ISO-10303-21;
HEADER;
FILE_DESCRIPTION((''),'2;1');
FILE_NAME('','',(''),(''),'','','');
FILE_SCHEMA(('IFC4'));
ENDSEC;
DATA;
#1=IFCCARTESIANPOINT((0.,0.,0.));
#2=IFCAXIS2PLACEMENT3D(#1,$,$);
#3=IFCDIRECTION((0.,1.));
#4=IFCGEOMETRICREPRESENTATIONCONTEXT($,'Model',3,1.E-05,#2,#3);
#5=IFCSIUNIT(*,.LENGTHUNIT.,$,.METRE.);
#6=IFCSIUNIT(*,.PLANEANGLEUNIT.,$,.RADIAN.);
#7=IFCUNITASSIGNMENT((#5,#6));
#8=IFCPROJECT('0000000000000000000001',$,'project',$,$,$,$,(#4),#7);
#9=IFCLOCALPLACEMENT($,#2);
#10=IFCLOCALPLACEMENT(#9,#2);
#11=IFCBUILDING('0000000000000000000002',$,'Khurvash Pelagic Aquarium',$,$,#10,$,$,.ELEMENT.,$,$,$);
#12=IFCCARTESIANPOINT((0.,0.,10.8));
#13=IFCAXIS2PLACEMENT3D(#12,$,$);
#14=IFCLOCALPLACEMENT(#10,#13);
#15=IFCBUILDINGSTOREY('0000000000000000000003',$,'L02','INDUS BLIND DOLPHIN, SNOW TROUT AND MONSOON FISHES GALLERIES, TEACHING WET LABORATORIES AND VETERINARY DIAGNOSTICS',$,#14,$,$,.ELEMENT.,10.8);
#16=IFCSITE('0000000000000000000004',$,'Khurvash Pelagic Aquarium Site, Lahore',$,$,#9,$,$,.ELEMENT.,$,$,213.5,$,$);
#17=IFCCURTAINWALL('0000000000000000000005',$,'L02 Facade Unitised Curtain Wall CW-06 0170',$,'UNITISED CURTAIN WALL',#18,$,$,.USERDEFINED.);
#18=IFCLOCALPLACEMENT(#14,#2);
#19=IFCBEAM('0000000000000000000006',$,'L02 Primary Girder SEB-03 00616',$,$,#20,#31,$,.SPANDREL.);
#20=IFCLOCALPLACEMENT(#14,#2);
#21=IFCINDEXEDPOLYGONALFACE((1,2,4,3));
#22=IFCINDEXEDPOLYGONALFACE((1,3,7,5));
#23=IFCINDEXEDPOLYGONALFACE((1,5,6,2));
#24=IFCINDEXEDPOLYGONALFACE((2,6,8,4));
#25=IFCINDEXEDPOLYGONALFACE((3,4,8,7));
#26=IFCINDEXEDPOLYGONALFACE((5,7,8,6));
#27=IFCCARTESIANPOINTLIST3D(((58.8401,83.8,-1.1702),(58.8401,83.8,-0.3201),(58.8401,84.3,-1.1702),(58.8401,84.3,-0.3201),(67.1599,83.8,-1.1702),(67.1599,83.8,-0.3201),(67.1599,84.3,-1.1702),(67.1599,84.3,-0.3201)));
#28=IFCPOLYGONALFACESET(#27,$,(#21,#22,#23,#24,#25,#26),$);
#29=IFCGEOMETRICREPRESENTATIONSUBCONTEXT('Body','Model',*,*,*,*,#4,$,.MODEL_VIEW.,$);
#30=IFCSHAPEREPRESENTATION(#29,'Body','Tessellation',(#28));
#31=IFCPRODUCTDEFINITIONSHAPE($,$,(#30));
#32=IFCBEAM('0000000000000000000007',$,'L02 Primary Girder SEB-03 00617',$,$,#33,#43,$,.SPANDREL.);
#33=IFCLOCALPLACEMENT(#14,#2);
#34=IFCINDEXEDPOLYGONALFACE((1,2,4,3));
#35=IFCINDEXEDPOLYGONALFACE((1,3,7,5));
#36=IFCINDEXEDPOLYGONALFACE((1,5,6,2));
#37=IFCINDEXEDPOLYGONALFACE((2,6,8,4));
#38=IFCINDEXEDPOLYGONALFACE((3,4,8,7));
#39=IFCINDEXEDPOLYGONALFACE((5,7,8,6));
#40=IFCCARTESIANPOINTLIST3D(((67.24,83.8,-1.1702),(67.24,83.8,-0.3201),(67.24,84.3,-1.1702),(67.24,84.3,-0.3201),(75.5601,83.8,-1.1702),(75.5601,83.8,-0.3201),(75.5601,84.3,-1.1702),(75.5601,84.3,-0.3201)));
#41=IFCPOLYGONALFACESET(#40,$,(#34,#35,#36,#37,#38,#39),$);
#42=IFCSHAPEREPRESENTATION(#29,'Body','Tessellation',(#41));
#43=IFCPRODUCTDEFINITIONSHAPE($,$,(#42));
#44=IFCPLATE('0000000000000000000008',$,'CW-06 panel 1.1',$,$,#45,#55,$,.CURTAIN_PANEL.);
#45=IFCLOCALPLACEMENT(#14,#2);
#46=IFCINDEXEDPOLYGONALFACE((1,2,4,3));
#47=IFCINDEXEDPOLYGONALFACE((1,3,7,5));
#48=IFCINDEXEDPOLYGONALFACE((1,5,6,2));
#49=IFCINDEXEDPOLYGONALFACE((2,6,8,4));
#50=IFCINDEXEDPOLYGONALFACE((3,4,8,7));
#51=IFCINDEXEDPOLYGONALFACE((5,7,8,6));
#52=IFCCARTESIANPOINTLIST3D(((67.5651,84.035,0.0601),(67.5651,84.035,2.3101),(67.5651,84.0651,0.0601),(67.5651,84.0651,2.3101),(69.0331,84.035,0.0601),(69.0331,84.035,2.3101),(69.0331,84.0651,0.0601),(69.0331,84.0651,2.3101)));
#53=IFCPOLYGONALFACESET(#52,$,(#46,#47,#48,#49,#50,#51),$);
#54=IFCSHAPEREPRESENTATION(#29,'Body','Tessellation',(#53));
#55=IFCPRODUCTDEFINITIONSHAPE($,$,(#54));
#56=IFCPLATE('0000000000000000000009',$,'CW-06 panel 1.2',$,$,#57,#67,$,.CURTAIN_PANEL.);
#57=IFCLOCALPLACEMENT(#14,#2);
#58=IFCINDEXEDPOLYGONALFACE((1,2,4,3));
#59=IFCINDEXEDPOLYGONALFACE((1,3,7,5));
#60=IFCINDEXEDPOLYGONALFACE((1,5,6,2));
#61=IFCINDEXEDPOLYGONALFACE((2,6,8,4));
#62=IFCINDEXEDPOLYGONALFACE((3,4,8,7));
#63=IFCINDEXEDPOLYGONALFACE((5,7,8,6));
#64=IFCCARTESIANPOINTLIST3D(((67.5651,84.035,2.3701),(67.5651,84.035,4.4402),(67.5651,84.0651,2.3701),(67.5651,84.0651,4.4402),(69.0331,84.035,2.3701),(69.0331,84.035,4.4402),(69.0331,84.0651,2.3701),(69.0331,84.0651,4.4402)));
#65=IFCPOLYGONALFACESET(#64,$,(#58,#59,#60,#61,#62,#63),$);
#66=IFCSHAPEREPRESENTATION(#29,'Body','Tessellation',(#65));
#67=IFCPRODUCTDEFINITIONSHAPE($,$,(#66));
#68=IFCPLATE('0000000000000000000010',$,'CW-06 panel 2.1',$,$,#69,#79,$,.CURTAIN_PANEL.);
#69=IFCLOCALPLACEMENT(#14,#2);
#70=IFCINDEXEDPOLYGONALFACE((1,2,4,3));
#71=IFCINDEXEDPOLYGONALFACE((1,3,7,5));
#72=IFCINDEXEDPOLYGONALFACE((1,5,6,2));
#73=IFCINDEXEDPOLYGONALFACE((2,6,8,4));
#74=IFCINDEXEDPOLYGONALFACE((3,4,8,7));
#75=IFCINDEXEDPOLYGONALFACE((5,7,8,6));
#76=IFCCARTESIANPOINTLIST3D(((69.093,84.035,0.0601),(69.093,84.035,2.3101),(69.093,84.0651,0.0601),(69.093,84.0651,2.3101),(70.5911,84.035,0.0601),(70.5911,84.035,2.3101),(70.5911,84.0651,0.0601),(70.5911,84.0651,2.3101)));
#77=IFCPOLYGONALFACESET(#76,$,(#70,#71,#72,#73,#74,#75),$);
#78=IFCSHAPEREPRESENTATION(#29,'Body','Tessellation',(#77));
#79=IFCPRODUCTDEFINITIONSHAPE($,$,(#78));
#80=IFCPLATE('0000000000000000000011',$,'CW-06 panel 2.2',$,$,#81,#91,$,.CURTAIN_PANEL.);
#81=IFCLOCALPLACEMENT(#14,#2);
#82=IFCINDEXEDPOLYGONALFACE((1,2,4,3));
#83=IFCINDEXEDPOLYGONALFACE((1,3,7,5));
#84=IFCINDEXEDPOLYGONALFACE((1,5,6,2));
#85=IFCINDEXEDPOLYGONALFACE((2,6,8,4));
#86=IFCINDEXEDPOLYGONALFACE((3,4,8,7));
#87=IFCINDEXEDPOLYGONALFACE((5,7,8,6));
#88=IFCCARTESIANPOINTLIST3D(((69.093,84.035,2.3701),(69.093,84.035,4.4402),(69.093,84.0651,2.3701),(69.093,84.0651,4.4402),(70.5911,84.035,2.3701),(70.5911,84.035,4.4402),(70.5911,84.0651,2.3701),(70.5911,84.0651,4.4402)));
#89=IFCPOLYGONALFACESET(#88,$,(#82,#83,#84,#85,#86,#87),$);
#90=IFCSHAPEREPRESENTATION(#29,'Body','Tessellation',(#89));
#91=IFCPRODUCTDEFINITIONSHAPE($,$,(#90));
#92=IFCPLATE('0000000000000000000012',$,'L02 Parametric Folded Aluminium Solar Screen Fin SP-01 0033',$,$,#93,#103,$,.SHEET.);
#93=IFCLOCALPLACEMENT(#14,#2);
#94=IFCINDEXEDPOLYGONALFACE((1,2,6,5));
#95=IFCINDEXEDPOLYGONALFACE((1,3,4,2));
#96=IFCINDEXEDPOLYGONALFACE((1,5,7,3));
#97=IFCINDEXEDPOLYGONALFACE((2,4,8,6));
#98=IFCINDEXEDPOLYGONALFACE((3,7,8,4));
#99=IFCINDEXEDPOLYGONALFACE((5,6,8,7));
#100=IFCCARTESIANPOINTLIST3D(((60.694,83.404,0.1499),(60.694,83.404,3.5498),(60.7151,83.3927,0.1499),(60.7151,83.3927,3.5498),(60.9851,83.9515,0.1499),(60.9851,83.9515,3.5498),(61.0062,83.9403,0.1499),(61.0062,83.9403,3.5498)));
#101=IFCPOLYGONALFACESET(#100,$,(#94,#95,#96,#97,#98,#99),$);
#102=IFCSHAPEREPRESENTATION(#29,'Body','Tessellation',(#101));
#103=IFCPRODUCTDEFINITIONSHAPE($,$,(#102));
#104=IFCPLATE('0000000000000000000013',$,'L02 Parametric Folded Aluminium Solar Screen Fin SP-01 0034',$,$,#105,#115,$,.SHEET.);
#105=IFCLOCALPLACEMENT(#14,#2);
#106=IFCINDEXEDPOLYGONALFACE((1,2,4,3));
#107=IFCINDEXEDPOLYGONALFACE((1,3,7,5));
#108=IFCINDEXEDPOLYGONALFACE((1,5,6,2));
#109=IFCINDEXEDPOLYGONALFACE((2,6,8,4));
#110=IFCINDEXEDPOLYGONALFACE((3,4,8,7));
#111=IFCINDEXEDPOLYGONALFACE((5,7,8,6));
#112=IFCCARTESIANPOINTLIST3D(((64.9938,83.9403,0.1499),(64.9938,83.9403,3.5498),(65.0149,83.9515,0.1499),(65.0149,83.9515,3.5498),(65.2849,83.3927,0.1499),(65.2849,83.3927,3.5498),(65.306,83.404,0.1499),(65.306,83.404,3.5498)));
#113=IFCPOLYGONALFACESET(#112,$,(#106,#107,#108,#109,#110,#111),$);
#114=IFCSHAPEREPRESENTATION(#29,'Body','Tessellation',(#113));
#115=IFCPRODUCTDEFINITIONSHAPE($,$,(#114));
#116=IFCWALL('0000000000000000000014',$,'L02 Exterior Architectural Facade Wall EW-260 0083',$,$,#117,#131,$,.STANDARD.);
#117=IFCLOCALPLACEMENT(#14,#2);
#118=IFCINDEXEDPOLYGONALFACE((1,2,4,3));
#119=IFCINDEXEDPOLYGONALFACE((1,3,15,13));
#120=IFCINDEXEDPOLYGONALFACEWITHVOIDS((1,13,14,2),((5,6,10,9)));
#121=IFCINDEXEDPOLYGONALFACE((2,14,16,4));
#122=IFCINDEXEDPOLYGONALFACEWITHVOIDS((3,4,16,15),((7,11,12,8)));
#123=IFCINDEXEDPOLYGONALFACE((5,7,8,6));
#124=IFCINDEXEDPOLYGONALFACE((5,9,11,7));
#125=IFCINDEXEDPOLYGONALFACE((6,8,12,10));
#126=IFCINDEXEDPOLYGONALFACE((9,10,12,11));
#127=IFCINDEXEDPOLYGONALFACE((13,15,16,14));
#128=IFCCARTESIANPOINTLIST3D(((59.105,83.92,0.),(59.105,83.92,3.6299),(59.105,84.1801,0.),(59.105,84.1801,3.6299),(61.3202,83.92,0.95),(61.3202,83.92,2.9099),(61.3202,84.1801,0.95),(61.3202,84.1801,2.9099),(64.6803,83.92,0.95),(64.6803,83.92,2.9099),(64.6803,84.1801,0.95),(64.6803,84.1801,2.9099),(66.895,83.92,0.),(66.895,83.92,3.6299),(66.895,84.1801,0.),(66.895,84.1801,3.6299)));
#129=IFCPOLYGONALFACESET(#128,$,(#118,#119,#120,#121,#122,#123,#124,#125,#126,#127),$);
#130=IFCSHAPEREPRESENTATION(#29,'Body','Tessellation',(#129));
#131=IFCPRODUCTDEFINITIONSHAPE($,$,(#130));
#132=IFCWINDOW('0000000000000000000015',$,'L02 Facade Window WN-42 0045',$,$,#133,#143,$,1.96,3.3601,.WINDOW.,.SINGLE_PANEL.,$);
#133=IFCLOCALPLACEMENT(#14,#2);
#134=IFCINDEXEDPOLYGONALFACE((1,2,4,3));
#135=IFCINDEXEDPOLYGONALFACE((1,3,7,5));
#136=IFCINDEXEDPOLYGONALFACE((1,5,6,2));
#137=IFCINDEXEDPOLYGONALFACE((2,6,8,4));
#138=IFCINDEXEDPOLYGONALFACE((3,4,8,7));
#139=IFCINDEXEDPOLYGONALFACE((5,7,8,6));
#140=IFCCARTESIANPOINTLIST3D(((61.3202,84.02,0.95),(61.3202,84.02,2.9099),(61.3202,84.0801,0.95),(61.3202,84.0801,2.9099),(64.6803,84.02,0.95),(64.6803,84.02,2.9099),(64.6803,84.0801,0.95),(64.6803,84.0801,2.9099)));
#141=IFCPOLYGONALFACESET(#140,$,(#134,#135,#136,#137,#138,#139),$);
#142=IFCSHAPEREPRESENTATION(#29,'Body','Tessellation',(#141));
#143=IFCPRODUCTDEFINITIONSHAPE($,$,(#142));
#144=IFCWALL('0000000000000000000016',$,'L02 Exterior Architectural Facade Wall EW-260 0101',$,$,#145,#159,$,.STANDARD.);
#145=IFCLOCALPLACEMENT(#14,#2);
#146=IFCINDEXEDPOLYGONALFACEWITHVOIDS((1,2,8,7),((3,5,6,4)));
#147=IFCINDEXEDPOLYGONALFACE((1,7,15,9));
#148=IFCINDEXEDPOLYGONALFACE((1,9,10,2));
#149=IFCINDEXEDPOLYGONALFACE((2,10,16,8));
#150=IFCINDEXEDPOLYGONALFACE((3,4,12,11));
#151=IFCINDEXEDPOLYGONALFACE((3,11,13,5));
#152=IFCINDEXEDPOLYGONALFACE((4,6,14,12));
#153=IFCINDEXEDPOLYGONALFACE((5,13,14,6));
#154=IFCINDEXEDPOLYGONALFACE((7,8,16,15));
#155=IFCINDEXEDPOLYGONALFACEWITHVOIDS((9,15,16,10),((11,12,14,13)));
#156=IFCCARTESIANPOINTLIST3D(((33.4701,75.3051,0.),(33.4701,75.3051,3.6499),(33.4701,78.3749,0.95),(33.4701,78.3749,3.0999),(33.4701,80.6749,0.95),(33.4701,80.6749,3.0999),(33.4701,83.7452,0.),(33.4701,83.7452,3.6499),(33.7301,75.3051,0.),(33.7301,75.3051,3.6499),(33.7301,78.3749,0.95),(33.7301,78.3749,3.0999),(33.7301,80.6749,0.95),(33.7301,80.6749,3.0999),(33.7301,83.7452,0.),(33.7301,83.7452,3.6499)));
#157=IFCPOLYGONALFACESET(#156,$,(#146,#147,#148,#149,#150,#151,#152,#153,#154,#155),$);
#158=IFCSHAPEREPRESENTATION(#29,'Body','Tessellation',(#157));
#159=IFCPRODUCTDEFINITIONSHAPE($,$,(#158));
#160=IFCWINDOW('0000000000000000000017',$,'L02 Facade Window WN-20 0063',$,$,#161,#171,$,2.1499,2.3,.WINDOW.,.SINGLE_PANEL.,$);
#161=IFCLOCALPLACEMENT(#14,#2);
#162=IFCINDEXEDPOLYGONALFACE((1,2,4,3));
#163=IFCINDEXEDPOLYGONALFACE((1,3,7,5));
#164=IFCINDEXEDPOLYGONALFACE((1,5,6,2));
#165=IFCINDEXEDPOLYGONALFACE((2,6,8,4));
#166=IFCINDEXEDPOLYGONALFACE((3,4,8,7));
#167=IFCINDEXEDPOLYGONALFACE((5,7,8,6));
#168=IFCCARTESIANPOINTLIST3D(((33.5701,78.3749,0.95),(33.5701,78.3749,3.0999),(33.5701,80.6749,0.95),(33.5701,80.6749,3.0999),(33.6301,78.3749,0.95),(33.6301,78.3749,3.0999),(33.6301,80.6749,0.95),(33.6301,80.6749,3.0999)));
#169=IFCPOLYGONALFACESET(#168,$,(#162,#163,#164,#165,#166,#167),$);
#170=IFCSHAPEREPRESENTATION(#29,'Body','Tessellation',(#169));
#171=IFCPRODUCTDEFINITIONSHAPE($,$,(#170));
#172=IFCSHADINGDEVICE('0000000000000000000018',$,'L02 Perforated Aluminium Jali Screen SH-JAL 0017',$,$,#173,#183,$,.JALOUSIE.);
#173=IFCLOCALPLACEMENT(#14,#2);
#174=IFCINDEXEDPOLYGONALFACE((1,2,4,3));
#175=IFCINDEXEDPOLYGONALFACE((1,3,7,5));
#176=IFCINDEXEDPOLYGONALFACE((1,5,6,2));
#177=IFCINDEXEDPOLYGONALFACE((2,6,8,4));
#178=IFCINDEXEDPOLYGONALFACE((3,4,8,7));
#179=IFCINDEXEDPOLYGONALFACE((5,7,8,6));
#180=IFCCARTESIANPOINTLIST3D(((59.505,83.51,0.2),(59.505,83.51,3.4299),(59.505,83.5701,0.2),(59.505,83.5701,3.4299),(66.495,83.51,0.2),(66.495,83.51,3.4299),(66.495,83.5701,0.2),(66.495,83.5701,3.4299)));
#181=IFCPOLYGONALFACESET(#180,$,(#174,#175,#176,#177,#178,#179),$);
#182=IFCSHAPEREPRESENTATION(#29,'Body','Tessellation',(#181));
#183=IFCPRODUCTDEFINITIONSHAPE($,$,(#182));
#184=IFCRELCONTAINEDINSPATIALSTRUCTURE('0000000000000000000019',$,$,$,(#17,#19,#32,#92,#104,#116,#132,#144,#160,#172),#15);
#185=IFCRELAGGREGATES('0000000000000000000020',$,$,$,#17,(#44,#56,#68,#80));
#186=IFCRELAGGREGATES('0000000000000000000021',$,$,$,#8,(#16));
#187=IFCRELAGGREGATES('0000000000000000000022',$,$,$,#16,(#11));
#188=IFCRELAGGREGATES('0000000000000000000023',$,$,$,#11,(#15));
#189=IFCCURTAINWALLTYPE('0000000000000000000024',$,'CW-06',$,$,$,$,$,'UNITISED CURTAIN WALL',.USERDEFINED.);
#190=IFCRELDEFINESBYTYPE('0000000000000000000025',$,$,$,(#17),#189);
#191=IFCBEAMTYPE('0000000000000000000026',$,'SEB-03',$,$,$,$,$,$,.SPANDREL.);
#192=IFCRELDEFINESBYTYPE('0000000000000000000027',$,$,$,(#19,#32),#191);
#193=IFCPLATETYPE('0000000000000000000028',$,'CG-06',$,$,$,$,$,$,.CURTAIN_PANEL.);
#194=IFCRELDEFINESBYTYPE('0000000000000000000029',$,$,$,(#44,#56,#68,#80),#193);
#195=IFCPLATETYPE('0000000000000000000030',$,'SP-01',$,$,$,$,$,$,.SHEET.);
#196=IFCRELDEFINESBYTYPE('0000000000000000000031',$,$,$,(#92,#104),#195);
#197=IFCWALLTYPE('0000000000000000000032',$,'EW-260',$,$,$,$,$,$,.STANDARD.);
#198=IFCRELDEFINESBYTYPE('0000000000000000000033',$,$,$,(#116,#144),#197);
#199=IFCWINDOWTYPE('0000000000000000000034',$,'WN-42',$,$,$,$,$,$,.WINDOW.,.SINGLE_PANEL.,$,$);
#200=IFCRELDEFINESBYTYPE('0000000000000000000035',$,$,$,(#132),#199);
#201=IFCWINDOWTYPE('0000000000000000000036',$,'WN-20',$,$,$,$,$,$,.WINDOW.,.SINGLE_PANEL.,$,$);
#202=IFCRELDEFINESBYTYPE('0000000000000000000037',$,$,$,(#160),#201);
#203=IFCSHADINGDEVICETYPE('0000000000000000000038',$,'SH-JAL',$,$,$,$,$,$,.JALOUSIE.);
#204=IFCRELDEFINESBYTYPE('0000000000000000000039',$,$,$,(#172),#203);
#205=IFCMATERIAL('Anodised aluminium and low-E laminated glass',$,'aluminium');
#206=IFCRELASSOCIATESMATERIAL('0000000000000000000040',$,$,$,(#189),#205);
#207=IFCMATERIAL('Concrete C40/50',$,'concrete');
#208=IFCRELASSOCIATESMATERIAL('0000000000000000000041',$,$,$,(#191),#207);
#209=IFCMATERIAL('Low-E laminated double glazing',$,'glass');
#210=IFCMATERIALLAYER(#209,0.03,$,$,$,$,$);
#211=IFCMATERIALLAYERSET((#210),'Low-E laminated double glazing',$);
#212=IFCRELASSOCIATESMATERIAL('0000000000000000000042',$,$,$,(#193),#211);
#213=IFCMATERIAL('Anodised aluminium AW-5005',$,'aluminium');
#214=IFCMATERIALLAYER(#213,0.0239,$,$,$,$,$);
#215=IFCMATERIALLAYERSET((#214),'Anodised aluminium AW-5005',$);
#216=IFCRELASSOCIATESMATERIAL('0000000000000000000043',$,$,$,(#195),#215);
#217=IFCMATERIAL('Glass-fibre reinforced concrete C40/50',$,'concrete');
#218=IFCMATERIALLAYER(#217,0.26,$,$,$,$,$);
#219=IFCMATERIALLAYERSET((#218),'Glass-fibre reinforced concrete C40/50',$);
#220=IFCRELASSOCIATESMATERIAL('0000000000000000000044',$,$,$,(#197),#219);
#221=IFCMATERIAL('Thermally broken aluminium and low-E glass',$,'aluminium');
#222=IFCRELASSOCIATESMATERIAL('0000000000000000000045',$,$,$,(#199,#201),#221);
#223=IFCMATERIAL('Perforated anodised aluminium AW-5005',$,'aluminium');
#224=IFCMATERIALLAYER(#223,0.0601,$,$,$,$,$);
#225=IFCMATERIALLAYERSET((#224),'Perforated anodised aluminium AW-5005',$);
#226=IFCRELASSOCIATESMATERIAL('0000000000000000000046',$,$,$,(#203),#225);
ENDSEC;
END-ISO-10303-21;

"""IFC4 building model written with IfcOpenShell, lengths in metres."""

from ifc_helpers import new_model, si_unit, direction, frame, frame_2d, origin, origin_2d, place, context, subcontext, project, spatial, rectangle, extrude, material, layer, layer_set, material_profile, profile_set, type_object, element, fill, aggregate, save


model = new_model("IFC4")

# Units and contexts
model_context = context("Model", 3, precision=1e-05, world=origin(), true_north=direction((0.0, 1.0)))
body_context = subcontext(model_context, "Body", "Model", "MODEL_VIEW")
ifc_project = project(units=[si_unit("LENGTHUNIT", "METRE"), si_unit("PLANEANGLEUNIT", "RADIAN")], contexts=[model_context])

# Site, building, storey
site_placement = place(None, origin())
site = spatial("IfcSite", under=ifc_project, at=site_placement, Name="Khurvash Pelagic Aquarium Site, Lahore", CompositionType="ELEMENT", RefElevation=213.5)
building_placement = place(site_placement, origin())
building = spatial("IfcBuilding", under=site, at=building_placement, Name="Khurvash Pelagic Aquarium", CompositionType="ELEMENT")
storey_placement = place(building_placement, frame((0.0, 0.0, 10.8)))
storey = spatial("IfcBuildingStorey", under=building, at=storey_placement, Name="L02", Description="INDUS BLIND DOLPHIN, SNOW TROUT AND MONSOON FISHES GALLERIES, TEACHING WET LABORATORIES AND VETERINARY DIAGNOSTICS", CompositionType="ELEMENT", Elevation=10.8)

# Shared definitions
ifc_material_1 = material(Name="Concrete C40/50", Category="concrete")

# Curtain wall
ifc_material_2 = material(Name="Anodised aluminium and low-E laminated glass", Category="aluminium")
curtain_wall_type = type_object("IfcCurtainWallType", Name="CW-06", ElementType="UNITISED CURTAIN WALL", PredefinedType="USERDEFINED", material=ifc_material_2)
curtain_wall_placement = place(storey_placement, origin())
curtain_wall = element("IfcCurtainWall", 1, at=curtain_wall_placement, inside=storey, type_object=curtain_wall_type, Name="L02 Facade Unitised Curtain Wall CW-06 0170", ObjectType="UNITISED CURTAIN WALL", PredefinedType="USERDEFINED")

# Beams
ifc_material_profile_1 = material_profile(ifc_material_1, rectangle(XDim=0.5, YDim=0.8501, at=origin_2d()), Name="RC500X850")
ifc_profile_set_1 = profile_set([ifc_material_profile_1], Name="Concrete C40/50")
beam_type = type_object("IfcBeamType", Name="SEB-03", PredefinedType="SPANDREL", material=ifc_profile_set_1)
beam_1_placement = place(storey_placement, frame((58.8401, 84.05, -0.7451), z_axis=(1.0, 0.0, 0.0), x_axis=(0.0, 1.0, 0.0)))
element("IfcBeam", 2, at=beam_1_placement, inside=storey, type_object=beam_type, Name="L02 Primary Girder SEB-03 00616", PredefinedType="SPANDREL", context=body_context, shape_type="SweptSolid", body=[
    extrude(rectangle(XDim=0.5, YDim=0.8501, at=origin_2d()), origin(), (0.0, 0.0, 1.0), 8.3198),
])
beam_2_placement = place(storey_placement, frame((67.24, 84.05, -0.7451), z_axis=(1.0, 0.0, 0.0), x_axis=(0.0, 1.0, 0.0)))
element("IfcBeam", 3, at=beam_2_placement, inside=storey, type_object=beam_type, Name="L02 Primary Girder SEB-03 00617", PredefinedType="SPANDREL", context=body_context, shape_type="SweptSolid", body=[
    extrude(rectangle(XDim=0.5, YDim=0.8501, at=origin_2d()), origin(), (0.0, 0.0, 1.0), 8.3201),
])

# Plates
ifc_material_3 = material(Name="Low-E laminated double glazing", Category="glass")
ifc_layer_1 = layer(ifc_material_3, 0.03)
ifc_layer_set_1 = layer_set([ifc_layer_1], Name="Low-E laminated double glazing")
plate_type_1 = type_object("IfcPlateType", Name="CG-06", PredefinedType="CURTAIN_PANEL", material=ifc_layer_set_1)
plate_1_placement = place(storey_placement, frame((68.2991, 84.05, 0.0601), z_axis=(0.0, 0.0, 1.0), x_axis=(1.0, 0.0, 0.0)))
plate_1 = element("IfcPlate", 4, at=plate_1_placement, type_object=plate_type_1, Name="CW-06 panel 1.1", PredefinedType="CURTAIN_PANEL", context=body_context, shape_type="SweptSolid", body=[
    extrude(rectangle(XDim=1.468, YDim=0.03, at=origin_2d()), origin(), (0.0, 0.0, 1.0), 2.25),
])
plate_2_placement = place(storey_placement, frame((68.2991, 84.05, 2.3701), z_axis=(0.0, 0.0, 1.0), x_axis=(1.0, 0.0, 0.0)))
plate_2 = element("IfcPlate", 5, at=plate_2_placement, type_object=plate_type_1, Name="CW-06 panel 1.2", PredefinedType="CURTAIN_PANEL", context=body_context, shape_type="SweptSolid", body=[
    extrude(rectangle(XDim=1.468, YDim=0.03, at=origin_2d()), origin(), (0.0, 0.0, 1.0), 2.0701),
])
plate_3_placement = place(storey_placement, frame((69.842, 84.05, 0.0601), z_axis=(0.0, 0.0, 1.0), x_axis=(1.0, 0.0, 0.0)))
plate_3 = element("IfcPlate", 6, at=plate_3_placement, type_object=plate_type_1, Name="CW-06 panel 2.1", PredefinedType="CURTAIN_PANEL", context=body_context, shape_type="SweptSolid", body=[
    extrude(rectangle(XDim=1.498, YDim=0.03, at=origin_2d()), origin(), (0.0, 0.0, 1.0), 2.25),
])
plate_4_placement = place(storey_placement, frame((69.842, 84.05, 2.3701), z_axis=(0.0, 0.0, 1.0), x_axis=(1.0, 0.0, 0.0)))
plate_4 = element("IfcPlate", 7, at=plate_4_placement, type_object=plate_type_1, Name="CW-06 panel 2.2", PredefinedType="CURTAIN_PANEL", context=body_context, shape_type="SweptSolid", body=[
    extrude(rectangle(XDim=1.498, YDim=0.03, at=origin_2d()), origin(), (0.0, 0.0, 1.0), 2.0701),
])
aggregate(curtain_wall, [plate_1, plate_2, plate_3, plate_4])

# Plates
ifc_material_4 = material(Name="Anodised aluminium AW-5005", Category="aluminium")
ifc_layer_2 = layer(ifc_material_4, 0.0239)
ifc_layer_set_2 = layer_set([ifc_layer_2], Name="Anodised aluminium AW-5005")
plate_type_2 = type_object("IfcPlateType", Name="SP-01", PredefinedType="SHEET", material=ifc_layer_set_2)
for number, where, z_axis, x_axis, name in (
    (8, (60.8501, 83.6721, 0.1499), (0.0, 0.0, 1.0), (-0.469472, -0.882948, 0.0), "L02 Parametric Folded Aluminium Solar Screen Fin SP-01 0033"),
    (9, (65.1499, 83.6721, 0.1499), (0.0, 0.0, 1.0), (0.469472, -0.882948, 0.0), "L02 Parametric Folded Aluminium Solar Screen Fin SP-01 0034"),
):
    element("IfcPlate", number, at=place(storey_placement, frame(where, z_axis=z_axis, x_axis=x_axis)), inside=storey, type_object=plate_type_2, Name=name, PredefinedType="SHEET", context=body_context, shape_type="SweptSolid", body=[
        extrude(rectangle(XDim=0.6201, YDim=0.0239, at=origin_2d()), origin(), (0.0, 0.0, 1.0), 3.3999),
    ])

# Walls, openings, windows
ifc_material_5 = material(Name="Glass-fibre reinforced concrete C40/50", Category="concrete")
ifc_layer_3 = layer(ifc_material_5, 0.26)
ifc_layer_set_3 = layer_set([ifc_layer_3], Name="Glass-fibre reinforced concrete C40/50")
wall_type = type_object("IfcWallType", Name="EW-260", PredefinedType="STANDARD", material=ifc_layer_set_3)
wall_1_placement = place(storey_placement, frame((59.105, 84.05, 0.0), z_axis=(0.0, 0.0, 1.0), x_axis=(1.0, 0.0, 0.0)))
wall_1 = element("IfcWall", 10, at=wall_1_placement, inside=storey, type_object=wall_type, Name="L02 Exterior Architectural Facade Wall EW-260 0083", PredefinedType="STANDARD", context=body_context, shape_type="SweptSolid", body=[
    extrude(rectangle(XDim=7.79, YDim=0.26, at=frame_2d((3.895, 0.0))), origin(), (0.0, 0.0, 1.0), 3.6299),
])
opening_1_placement = place(wall_1_placement, frame((2.2151, 0.0, 0.95)))
opening_1 = element("IfcOpeningElement", 11, at=opening_1_placement, cuts=wall_1, PredefinedType="OPENING", context=body_context, shape_type="SweptSolid", body=[
    extrude(rectangle(XDim=3.3601, YDim=1.96, at=frame_2d((1.6802, 0.98))), frame((0.0, 0.1401, 0.0), z_axis=(0.0, -1.0, 0.0), x_axis=(1.0, 0.0, 0.0)), (0.0, 0.0, 1.0), 0.28),
])
ifc_material_6 = material(Name="Thermally broken aluminium and low-E glass", Category="aluminium")
window_type_1 = type_object("IfcWindowType", Name="WN-42", PartitioningType="SINGLE_PANEL", PredefinedType="WINDOW", material=ifc_material_6)
window_1_placement = place(opening_1_placement, origin())
window_1 = element("IfcWindow", 12, at=window_1_placement, inside=storey, type_object=window_type_1, Name="L02 Facade Window WN-42 0045", OverallHeight=1.96, OverallWidth=3.3601, PartitioningType="SINGLE_PANEL", PredefinedType="WINDOW", context=body_context, shape_type="SweptSolid", body=[
    extrude(rectangle(XDim=3.3601, YDim=1.96, at=frame_2d((1.6802, 0.98))), frame((0.0, 0.03, 0.0), z_axis=(0.0, -1.0, 0.0), x_axis=(1.0, 0.0, 0.0)), (0.0, 0.0, 1.0), 0.0601),
])
fill(opening_1, window_1)
wall_2_placement = place(storey_placement, frame((33.6001, 75.3049, 0.0), z_axis=(0.0, 0.0, 1.0), x_axis=(0.0, 1.0, 0.0)))
wall_2 = element("IfcWall", 13, at=wall_2_placement, inside=storey, type_object=wall_type, Name="L02 Exterior Architectural Facade Wall EW-260 0101", PredefinedType="STANDARD", context=body_context, shape_type="SweptSolid", body=[
    extrude(rectangle(XDim=8.4402, YDim=0.26, at=frame_2d((4.2202, 0.0))), origin(), (0.0, 0.0, 1.0), 3.6499),
])
opening_2_placement = place(wall_2_placement, frame((3.0701, 0.0, 0.95)))
opening_2 = element("IfcOpeningElement", 14, at=opening_2_placement, cuts=wall_2, PredefinedType="OPENING", context=body_context, shape_type="SweptSolid", body=[
    extrude(rectangle(XDim=2.3, YDim=2.1499, at=frame_2d((1.1499, 1.075))), frame((0.0, 0.1401, 0.0), z_axis=(0.0, -1.0, 0.0), x_axis=(1.0, 0.0, 0.0)), (0.0, 0.0, 1.0), 0.28),
])
window_type_2 = type_object("IfcWindowType", Name="WN-20", PartitioningType="SINGLE_PANEL", PredefinedType="WINDOW", material=ifc_material_6)
window_2_placement = place(opening_2_placement, origin())
window_2 = element("IfcWindow", 15, at=window_2_placement, inside=storey, type_object=window_type_2, Name="L02 Facade Window WN-20 0063", OverallHeight=2.1499, OverallWidth=2.3, PartitioningType="SINGLE_PANEL", PredefinedType="WINDOW", context=body_context, shape_type="SweptSolid", body=[
    extrude(rectangle(XDim=2.3, YDim=2.1499, at=frame_2d((1.1499, 1.075))), frame((0.0, 0.03, 0.0), z_axis=(0.0, -1.0, 0.0), x_axis=(1.0, 0.0, 0.0)), (0.0, 0.0, 1.0), 0.0601),
])
fill(opening_2, window_2)

# Shading device
ifc_material_7 = material(Name="Perforated anodised aluminium AW-5005", Category="aluminium")
ifc_layer_4 = layer(ifc_material_7, 0.0601)
ifc_layer_set_4 = layer_set([ifc_layer_4], Name="Perforated anodised aluminium AW-5005")
shading_device_type = type_object("IfcShadingDeviceType", Name="SH-JAL", PredefinedType="JALOUSIE", material=ifc_layer_set_4)
shading_device_placement = place(storey_placement, frame((63.0, 83.54, 0.2), z_axis=(0.0, 0.0, 1.0), x_axis=(1.0, 0.0, 0.0)))
element("IfcShadingDevice", 16, at=shading_device_placement, inside=storey, type_object=shading_device_type, Name="L02 Perforated Aluminium Jali Screen SH-JAL 0017", PredefinedType="JALOUSIE", context=body_context, shape_type="SweptSolid", body=[
    extrude(rectangle(XDim=6.99, YDim=0.0601, at=origin_2d()), origin(), (0.0, 0.0, 1.0), 3.23),
])

save(model, "model.ifc")
